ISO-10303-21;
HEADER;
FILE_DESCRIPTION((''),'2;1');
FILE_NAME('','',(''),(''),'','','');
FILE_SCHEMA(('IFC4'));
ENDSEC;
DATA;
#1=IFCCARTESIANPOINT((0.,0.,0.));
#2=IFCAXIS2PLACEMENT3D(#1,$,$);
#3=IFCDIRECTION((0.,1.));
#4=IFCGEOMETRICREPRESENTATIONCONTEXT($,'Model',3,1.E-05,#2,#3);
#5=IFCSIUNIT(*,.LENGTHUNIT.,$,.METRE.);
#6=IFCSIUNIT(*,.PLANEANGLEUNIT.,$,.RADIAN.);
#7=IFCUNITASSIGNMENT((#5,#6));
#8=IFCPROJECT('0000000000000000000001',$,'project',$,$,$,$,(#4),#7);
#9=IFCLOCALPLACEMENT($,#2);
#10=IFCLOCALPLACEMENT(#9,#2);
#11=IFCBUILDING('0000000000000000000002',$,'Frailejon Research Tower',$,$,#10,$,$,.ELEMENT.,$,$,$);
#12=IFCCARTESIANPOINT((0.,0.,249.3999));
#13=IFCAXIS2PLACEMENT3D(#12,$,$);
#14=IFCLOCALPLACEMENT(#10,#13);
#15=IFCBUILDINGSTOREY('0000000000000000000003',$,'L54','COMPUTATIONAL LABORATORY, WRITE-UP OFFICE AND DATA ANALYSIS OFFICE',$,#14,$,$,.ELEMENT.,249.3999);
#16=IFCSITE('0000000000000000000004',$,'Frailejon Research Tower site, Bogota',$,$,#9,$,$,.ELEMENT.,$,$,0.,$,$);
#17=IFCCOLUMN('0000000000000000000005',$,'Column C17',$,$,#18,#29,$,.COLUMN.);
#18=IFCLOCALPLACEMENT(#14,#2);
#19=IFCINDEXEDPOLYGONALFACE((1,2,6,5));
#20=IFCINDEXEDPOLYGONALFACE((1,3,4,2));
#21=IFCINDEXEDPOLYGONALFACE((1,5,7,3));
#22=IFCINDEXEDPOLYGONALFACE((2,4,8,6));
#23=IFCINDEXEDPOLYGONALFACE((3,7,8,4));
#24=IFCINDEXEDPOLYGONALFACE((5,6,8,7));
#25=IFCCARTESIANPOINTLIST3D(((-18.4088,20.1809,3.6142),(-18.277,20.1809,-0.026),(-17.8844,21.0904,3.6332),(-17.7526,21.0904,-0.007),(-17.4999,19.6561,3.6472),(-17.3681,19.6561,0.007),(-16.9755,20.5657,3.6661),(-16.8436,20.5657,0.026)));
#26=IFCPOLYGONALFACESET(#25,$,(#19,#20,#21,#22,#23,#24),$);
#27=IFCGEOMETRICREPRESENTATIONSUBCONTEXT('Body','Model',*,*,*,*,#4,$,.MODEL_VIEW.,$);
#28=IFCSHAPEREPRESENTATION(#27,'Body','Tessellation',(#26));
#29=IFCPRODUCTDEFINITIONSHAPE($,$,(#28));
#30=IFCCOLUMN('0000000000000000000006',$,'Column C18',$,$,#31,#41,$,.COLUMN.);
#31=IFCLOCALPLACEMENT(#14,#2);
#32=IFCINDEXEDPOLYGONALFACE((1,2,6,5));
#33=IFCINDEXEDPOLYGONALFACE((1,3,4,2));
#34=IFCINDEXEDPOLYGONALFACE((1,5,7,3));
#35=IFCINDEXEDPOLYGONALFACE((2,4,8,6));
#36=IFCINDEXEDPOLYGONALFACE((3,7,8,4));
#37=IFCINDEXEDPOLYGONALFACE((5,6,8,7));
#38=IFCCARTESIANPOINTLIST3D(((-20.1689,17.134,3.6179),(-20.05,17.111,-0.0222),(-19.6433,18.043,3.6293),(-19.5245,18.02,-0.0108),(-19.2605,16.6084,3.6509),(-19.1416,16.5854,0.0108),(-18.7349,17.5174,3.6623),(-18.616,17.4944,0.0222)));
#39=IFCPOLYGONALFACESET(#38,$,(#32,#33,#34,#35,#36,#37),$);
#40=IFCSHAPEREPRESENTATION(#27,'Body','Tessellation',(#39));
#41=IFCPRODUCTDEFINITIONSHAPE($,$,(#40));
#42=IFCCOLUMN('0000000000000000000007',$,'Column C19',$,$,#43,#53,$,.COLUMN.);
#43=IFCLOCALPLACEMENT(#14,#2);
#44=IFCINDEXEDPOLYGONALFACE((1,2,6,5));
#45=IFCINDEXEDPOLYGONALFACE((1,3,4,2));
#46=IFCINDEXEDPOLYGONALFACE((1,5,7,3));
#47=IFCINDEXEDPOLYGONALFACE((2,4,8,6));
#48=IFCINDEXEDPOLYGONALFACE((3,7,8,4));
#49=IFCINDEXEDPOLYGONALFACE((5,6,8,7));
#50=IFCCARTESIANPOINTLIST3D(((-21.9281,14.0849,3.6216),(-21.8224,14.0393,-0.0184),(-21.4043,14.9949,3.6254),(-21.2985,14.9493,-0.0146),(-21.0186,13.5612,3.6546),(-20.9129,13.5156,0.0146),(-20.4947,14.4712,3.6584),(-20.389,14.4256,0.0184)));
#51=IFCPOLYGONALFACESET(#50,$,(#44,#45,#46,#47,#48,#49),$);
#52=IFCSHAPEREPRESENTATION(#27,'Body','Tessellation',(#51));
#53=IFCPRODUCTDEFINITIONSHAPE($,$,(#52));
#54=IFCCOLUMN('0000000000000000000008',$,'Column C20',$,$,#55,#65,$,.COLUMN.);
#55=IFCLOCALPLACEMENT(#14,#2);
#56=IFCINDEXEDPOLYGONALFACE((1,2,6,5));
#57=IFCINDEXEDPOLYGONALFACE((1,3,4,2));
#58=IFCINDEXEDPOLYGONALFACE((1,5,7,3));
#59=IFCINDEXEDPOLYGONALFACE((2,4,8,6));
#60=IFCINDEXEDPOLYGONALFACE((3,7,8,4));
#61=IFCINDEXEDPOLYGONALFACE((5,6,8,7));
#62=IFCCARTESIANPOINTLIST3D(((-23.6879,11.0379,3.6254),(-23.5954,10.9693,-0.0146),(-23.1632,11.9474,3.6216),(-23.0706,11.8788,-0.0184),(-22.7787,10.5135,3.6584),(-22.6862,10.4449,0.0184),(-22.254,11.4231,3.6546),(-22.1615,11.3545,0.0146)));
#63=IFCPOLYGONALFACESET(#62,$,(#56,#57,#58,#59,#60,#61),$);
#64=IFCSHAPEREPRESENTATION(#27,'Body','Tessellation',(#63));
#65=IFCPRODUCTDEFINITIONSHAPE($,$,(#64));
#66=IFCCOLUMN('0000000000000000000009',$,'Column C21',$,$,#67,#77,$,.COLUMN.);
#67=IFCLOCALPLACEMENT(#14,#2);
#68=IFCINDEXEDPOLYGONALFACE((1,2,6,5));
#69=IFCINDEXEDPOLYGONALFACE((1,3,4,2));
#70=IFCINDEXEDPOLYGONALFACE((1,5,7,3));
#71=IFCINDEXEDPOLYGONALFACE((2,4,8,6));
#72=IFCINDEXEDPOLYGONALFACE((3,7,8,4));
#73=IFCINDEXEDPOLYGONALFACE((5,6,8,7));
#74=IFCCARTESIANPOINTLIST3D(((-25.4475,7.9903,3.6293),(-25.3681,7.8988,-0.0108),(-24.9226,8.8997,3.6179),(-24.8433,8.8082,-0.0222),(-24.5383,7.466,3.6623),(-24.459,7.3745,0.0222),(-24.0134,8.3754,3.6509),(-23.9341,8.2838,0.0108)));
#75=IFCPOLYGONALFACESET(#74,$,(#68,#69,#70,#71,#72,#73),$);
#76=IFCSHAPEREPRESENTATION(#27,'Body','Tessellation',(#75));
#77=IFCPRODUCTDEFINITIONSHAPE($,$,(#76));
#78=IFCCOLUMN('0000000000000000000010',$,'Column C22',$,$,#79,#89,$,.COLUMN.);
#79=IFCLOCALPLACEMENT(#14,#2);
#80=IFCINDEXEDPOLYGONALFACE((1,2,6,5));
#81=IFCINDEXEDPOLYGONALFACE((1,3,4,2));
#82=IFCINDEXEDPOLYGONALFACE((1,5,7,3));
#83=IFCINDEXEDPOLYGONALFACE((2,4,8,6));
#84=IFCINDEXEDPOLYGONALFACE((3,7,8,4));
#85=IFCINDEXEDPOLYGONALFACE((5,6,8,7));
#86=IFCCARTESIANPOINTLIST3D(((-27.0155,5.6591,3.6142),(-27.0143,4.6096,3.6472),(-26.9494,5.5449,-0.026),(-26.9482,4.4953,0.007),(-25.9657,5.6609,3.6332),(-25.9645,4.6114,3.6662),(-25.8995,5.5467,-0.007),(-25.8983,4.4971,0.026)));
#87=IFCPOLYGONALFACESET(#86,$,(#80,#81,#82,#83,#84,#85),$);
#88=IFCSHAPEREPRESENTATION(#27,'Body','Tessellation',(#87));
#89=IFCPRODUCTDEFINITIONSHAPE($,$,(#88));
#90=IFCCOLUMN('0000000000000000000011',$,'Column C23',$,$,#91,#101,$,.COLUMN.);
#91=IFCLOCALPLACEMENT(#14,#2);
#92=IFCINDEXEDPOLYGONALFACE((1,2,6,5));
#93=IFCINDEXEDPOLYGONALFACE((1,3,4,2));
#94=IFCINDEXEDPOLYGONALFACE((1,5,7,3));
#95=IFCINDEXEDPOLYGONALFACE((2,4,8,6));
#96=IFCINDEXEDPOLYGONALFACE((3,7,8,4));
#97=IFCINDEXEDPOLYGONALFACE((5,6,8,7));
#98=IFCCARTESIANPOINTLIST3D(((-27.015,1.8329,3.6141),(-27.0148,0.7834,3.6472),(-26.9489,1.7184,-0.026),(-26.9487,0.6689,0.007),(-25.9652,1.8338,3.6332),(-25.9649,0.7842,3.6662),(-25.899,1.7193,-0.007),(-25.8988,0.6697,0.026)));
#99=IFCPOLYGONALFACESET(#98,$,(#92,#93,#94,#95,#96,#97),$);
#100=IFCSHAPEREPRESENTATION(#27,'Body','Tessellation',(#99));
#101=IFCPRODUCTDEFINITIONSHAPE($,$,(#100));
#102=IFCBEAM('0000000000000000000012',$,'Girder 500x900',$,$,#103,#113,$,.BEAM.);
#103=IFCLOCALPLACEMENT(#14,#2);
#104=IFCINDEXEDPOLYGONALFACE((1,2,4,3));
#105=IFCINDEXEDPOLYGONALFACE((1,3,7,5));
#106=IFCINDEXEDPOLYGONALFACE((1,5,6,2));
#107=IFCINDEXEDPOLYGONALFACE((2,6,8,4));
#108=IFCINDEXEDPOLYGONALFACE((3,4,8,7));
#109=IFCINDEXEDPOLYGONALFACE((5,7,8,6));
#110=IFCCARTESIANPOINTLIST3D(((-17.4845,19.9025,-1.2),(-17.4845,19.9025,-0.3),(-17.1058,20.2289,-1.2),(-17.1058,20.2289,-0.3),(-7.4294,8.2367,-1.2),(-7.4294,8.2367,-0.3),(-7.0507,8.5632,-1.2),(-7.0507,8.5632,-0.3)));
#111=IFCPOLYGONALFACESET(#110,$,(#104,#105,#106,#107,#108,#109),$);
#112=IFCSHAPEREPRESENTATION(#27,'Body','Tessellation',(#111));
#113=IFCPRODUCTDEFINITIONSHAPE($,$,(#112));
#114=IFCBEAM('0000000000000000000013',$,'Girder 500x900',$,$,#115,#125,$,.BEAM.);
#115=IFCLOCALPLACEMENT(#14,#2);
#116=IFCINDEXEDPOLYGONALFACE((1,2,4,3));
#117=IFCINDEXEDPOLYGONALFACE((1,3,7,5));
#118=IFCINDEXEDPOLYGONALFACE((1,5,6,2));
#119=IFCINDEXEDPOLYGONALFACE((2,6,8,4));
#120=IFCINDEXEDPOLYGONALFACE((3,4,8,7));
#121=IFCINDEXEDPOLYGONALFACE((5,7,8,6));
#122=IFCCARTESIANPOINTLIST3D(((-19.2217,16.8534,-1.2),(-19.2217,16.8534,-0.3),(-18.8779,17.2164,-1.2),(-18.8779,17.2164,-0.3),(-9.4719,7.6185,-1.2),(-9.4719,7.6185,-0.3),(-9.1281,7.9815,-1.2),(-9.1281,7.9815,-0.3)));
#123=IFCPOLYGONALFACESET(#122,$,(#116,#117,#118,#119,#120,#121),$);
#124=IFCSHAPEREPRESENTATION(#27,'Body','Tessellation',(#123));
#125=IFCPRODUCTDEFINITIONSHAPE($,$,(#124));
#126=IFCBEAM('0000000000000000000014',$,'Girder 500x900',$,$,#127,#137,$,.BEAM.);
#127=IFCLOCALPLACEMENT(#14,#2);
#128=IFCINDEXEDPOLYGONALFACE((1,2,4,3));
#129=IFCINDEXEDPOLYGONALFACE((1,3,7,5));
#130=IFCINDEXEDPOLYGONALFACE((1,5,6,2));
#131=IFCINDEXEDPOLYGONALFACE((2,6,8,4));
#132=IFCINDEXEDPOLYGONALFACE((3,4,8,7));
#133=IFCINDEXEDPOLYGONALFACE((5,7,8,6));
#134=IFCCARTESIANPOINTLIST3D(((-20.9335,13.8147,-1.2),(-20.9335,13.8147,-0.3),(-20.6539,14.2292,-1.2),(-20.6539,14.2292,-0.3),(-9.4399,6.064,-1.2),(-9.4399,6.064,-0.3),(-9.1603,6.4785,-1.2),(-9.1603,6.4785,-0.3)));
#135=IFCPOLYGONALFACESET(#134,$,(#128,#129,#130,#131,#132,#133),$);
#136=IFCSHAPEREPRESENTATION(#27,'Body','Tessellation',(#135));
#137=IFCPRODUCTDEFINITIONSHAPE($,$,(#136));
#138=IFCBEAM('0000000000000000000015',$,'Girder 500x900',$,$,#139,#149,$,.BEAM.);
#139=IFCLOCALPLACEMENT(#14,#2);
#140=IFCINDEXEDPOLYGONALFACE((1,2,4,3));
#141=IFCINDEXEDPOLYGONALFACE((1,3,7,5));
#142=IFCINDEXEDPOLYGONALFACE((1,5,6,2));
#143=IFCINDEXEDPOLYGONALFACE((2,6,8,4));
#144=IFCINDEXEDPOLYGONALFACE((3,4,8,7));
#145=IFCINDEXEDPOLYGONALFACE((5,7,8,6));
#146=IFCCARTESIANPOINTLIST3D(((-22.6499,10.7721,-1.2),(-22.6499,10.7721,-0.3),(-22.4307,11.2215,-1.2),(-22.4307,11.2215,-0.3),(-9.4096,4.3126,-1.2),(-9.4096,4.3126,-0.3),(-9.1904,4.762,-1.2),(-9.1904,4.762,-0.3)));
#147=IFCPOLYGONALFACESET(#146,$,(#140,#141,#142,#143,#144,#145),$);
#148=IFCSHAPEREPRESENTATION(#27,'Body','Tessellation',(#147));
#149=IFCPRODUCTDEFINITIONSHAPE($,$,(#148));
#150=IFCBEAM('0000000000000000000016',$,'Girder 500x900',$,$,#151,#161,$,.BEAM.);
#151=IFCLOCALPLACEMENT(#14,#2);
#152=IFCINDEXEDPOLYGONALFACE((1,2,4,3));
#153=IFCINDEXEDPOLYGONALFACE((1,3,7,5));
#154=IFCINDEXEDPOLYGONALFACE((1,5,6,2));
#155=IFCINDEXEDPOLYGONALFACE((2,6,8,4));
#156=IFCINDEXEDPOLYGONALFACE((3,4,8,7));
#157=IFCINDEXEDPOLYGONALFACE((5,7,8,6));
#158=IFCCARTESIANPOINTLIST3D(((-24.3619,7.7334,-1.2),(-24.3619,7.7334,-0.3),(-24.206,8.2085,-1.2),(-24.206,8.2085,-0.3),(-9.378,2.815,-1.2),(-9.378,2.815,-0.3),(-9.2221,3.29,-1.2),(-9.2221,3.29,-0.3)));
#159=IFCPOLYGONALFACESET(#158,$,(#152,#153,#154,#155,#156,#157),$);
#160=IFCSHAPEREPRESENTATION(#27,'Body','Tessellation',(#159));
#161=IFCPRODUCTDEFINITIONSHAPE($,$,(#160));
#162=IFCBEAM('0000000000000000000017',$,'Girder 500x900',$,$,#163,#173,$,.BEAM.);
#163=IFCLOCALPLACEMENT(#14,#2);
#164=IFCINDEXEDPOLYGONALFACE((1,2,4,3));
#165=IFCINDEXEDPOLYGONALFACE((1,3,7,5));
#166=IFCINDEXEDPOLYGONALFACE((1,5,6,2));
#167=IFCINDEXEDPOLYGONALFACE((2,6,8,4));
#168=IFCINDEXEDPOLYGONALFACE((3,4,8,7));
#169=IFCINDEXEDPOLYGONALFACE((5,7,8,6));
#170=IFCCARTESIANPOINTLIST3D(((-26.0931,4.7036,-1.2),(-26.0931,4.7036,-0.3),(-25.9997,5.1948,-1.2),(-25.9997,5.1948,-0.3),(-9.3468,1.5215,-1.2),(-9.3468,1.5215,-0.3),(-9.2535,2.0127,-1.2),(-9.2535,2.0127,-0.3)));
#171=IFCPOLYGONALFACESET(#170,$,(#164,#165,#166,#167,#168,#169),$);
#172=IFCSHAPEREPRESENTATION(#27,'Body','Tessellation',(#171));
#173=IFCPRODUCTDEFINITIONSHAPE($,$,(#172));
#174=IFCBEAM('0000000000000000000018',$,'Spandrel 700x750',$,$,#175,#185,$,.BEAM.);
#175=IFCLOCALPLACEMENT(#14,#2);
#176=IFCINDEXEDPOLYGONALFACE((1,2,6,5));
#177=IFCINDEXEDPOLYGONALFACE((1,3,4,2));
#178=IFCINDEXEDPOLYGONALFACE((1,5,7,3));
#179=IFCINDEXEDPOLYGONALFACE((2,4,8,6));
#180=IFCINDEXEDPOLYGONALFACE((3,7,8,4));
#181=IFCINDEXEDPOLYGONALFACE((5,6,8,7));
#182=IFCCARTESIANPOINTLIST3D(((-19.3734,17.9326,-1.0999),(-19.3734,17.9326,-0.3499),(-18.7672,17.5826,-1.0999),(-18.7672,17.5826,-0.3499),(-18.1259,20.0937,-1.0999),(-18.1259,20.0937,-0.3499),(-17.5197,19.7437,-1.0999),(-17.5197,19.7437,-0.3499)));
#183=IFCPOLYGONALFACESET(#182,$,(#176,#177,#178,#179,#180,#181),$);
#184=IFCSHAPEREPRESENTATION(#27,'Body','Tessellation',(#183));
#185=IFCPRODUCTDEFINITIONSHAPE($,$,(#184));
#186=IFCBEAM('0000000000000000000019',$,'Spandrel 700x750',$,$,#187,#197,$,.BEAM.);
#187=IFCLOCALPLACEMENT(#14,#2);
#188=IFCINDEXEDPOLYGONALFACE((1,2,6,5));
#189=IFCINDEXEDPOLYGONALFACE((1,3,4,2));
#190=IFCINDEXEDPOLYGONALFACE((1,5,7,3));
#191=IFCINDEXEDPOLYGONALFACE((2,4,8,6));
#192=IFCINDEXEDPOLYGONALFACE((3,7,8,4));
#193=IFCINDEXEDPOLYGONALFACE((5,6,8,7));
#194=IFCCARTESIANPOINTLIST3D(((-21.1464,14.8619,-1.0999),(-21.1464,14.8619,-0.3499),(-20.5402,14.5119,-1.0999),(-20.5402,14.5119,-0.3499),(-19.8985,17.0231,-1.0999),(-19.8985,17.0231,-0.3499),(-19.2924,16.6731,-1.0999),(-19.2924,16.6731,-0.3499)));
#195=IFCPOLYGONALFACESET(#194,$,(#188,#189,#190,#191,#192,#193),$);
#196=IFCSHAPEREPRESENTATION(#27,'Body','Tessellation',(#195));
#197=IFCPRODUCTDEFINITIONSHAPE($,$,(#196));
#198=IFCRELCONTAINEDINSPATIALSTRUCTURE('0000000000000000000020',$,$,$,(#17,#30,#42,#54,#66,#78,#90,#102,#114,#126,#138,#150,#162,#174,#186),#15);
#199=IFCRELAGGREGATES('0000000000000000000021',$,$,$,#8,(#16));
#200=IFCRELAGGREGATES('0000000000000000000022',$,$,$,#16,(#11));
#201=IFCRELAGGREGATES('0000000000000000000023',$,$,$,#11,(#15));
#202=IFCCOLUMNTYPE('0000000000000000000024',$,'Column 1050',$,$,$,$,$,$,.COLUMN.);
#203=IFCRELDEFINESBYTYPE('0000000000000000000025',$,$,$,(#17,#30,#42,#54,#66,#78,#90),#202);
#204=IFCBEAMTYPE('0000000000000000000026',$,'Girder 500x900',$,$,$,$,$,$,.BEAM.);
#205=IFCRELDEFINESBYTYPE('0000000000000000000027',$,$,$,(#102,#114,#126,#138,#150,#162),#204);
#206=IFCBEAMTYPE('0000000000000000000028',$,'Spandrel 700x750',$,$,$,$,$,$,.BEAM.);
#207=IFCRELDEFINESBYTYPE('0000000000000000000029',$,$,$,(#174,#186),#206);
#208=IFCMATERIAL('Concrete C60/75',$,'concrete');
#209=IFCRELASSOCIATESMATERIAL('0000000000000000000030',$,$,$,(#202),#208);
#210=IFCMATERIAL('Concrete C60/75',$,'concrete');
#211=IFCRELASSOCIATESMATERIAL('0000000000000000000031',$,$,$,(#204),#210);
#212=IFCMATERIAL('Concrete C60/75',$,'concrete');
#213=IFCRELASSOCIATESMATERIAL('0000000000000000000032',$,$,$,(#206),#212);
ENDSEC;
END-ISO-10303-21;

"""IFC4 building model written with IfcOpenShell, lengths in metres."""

from ifc_helpers import new_model, si_unit, direction, frame, origin, origin_2d, place, context, subcontext, project, spatial, rectangle, extrude, material, material_profile, profile_set, type_object, element, save


model = new_model("IFC4")

# Units and contexts
model_context = context("Model", 3, precision=1e-05, world=origin(), true_north=direction((0.0, 1.0)))
body_context = subcontext(model_context, "Body", "Model", "MODEL_VIEW")
ifc_project = project(units=[si_unit("LENGTHUNIT", "METRE"), si_unit("PLANEANGLEUNIT", "RADIAN")], contexts=[model_context])

# Site, building, storey
site_placement = place(None, origin())
site = spatial("IfcSite", under=ifc_project, at=site_placement, Name="Frailejon Research Tower site, Bogota", CompositionType="ELEMENT", RefElevation=0.0)
building_placement = place(site_placement, origin())
building = spatial("IfcBuilding", under=site, at=building_placement, Name="Frailejon Research Tower", CompositionType="ELEMENT")
storey_placement = place(building_placement, frame((0.0, 0.0, 249.3999)))
storey = spatial("IfcBuildingStorey", under=building, at=storey_placement, Name="L54", Description="COMPUTATIONAL LABORATORY, WRITE-UP OFFICE AND DATA ANALYSIS OFFICE", CompositionType="ELEMENT", Elevation=249.3999)

# Columns
ifc_material_1 = material(Name="Concrete C60/75", Category="concrete")
ifc_material_profile_1 = material_profile(ifc_material_1, rectangle(XDim=1.05, YDim=1.05, at=origin_2d()), Name="Column 1050")
ifc_profile_set_1 = profile_set([ifc_material_profile_1], Name="Concrete C60/75")
column_type = type_object("IfcColumnType", Name="Column 1050", PredefinedType="COLUMN", material=ifc_profile_set_1)
column_1_placement = place(storey_placement, frame((-17.5603, 20.3733, 0.0), z_axis=(-0.036194, 0.0, 0.999345), x_axis=(-0.499426, -0.866168, -0.018088)))
element("IfcColumn", 1, at=column_1_placement, inside=storey, type_object=column_type, Name="Column C17", PredefinedType="COLUMN", context=body_context, shape_type="SweptSolid", body=[
    extrude(rectangle(XDim=1.05, YDim=1.05, at=origin_2d()), origin(), (0.0, 0.0, 1.0), 3.6426),
])
column_2_placement = place(storey_placement, frame((-19.333, 17.3027, 0.0), z_axis=(-0.032645, 0.006301, 0.999447), x_axis=(-0.500489, -0.865675, -0.01089)))
element("IfcColumn", 2, at=column_2_placement, inside=storey, type_object=column_type, Name="Column C18", PredefinedType="COLUMN", context=body_context, shape_type="SweptSolid", body=[
    extrude(rectangle(XDim=1.05, YDim=1.05, at=origin_2d()), origin(), (0.0, 0.0, 1.0), 3.6421),
])
for number, where, z_axis, x_axis, name in (
    (3, (-21.1057, 14.2324, 0.0), (-0.029026, 0.012536, 0.9995), (-0.498894, -0.866656, -0.003619), "Column C19"),
    (4, (-22.8784, 11.1619, 0.0), (-0.025406, 0.018837, 0.9995), (-0.499704, -0.866189, 0.003622), "Column C20"),
):
    element("IfcColumn", number, at=place(storey_placement, frame(where, z_axis=z_axis, x_axis=x_axis)), inside=storey, type_object=column_type, Name=name, PredefinedType="COLUMN", context=body_context, shape_type="SweptSolid", body=[
        extrude(rectangle(XDim=1.05, YDim=1.05, at=origin_2d()), origin(), (0.0, 0.0, 1.0), 3.6418),
    ])
column_3_placement = place(storey_placement, frame((-24.6511, 8.0913, 0.0), z_axis=(-0.021785, 0.025137, 0.999447), x_axis=(-0.499841, -0.866049, 0.010887)))
element("IfcColumn", 5, at=column_3_placement, inside=storey, type_object=column_type, Name="Column C21", PredefinedType="COLUMN", context=body_context, shape_type="SweptSolid", body=[
    extrude(rectangle(XDim=1.05, YDim=1.05, at=origin_2d()), origin(), (0.0, 0.0, 1.0), 3.6421),
])
for number, where, z_axis, x_axis, name in (
    (6, (-26.4238, 5.021, 0.0), (-0.018164, 0.031368, 0.999343), (0.001146, -0.999506, 0.031394), "Column C22"),
    (7, (-26.4238, 1.1941, 0.0), (-0.018164, 0.031435, 0.999341), (0.000221, -0.999505, 0.031444), "Column C23"),
):
    element("IfcColumn", number, at=place(storey_placement, frame(where, z_axis=z_axis, x_axis=x_axis)), inside=storey, type_object=column_type, Name=name, PredefinedType="COLUMN", context=body_context, shape_type="SweptSolid", body=[
        extrude(rectangle(XDim=1.05, YDim=1.05, at=origin_2d()), origin(), (0.0, 0.0, 1.0), 3.6426),
    ])

# Beams
ifc_material_2 = material(Name="Concrete C60/75", Category="concrete")
ifc_material_profile_2 = material_profile(ifc_material_2, rectangle(XDim=0.5, YDim=0.8999, at=origin_2d()), Name="Girder 500x900")
ifc_profile_set_2 = profile_set([ifc_material_profile_2], Name="Concrete C60/75")
beam_type_1 = type_object("IfcBeamType", Name="Girder 500x900", PredefinedType="BEAM", material=ifc_profile_set_2)
beam_1_placement = place(storey_placement, frame((-17.2952, 20.0657, -0.75), z_axis=(0.652883, -0.757459, 0.0), x_axis=(0.757459, 0.652883, 0.0)))
element("IfcBeam", 8, at=beam_1_placement, inside=storey, type_object=beam_type_1, Name="Girder 500x900", PredefinedType="BEAM", context=body_context, shape_type="SweptSolid", body=[
    extrude(rectangle(XDim=0.5, YDim=0.8999, at=origin_2d()), origin(), (0.0, 0.0, 1.0), 15.4011),
])
beam_2_placement = place(storey_placement, frame((-19.0498, 17.0349, -0.75), z_axis=(0.726018, -0.687676, 0.0), x_axis=(0.687676, 0.726018, 0.0)))
element("IfcBeam", 9, at=beam_2_placement, inside=storey, type_object=beam_type_1, Name="Girder 500x900", PredefinedType="BEAM", context=body_context, shape_type="SweptSolid", body=[
    extrude(rectangle(XDim=0.5, YDim=0.8999, at=origin_2d()), origin(), (0.0, 0.0, 1.0), 13.4292),
])
beam_3_placement = place(storey_placement, frame((-20.7937, 14.022, -0.75), z_axis=(0.829099, -0.559102, 0.0), x_axis=(0.559102, 0.829099, 0.0)))
element("IfcBeam", 10, at=beam_3_placement, inside=storey, type_object=beam_type_1, Name="Girder 500x900", PredefinedType="BEAM", context=body_context, shape_type="SweptSolid", body=[
    extrude(rectangle(XDim=0.5, YDim=0.8999, at=origin_2d()), origin(), (0.0, 0.0, 1.0), 13.8628),
])
beam_4_placement = place(storey_placement, frame((-22.5403, 10.9968, -0.75), z_axis=(0.898746, -0.438469, 0.0), x_axis=(0.438469, 0.898746, 0.0)))
element("IfcBeam", 11, at=beam_4_placement, inside=storey, type_object=beam_type_1, Name="Girder 500x900", PredefinedType="BEAM", context=body_context, shape_type="SweptSolid", body=[
    extrude(rectangle(XDim=0.5, YDim=0.8999, at=origin_2d()), origin(), (0.0, 0.0, 1.0), 14.7319),
])
beam_5_placement = place(storey_placement, frame((-24.2839, 7.9709, -0.75), z_axis=(0.950122, -0.311877, 0.0), x_axis=(0.311877, 0.950122, 0.0)))
element("IfcBeam", 12, at=beam_5_placement, inside=storey, type_object=beam_type_1, Name="Girder 500x900", PredefinedType="BEAM", context=body_context, shape_type="SweptSolid", body=[
    extrude(rectangle(XDim=0.5, YDim=0.8999, at=origin_2d()), origin(), (0.0, 0.0, 1.0), 15.7705),
])
beam_6_placement = place(storey_placement, frame((-26.0464, 4.9492, -0.75), z_axis=(0.982421, -0.186679, 0.0), x_axis=(0.186679, 0.982421, 0.0)))
element("IfcBeam", 13, at=beam_6_placement, inside=storey, type_object=beam_type_1, Name="Girder 500x900", PredefinedType="BEAM", context=body_context, shape_type="SweptSolid", body=[
    extrude(rectangle(XDim=0.5, YDim=0.8999, at=origin_2d()), origin(), (0.0, 0.0, 1.0), 17.0459),
])
ifc_material_3 = material(Name="Concrete C60/75", Category="concrete")
ifc_material_profile_3 = material_profile(ifc_material_3, rectangle(XDim=0.7, YDim=0.75, at=origin_2d()), Name="Spandrel 700x750")
ifc_profile_set_3 = profile_set([ifc_material_profile_3], Name="Concrete C60/75")
beam_type_2 = type_object("IfcBeamType", Name="Spandrel 700x750", PredefinedType="BEAM", material=ifc_profile_set_3)
beam_7_placement = place(storey_placement, frame((-17.8228, 19.9187, -0.7249), z_axis=(-0.499948, -0.866055, 0.0), x_axis=(0.866055, -0.499948, 0.0)))
element("IfcBeam", 14, at=beam_7_placement, inside=storey, type_object=beam_type_2, Name="Spandrel 700x750", PredefinedType="BEAM", context=body_context, shape_type="SweptSolid", body=[
    extrude(rectangle(XDim=0.7, YDim=0.75, at=origin_2d()), origin(), (0.0, 0.0, 1.0), 2.4954),
])
beam_8_placement = place(storey_placement, frame((-19.5955, 16.8481, -0.7249), z_axis=(-0.500022, -0.866013, 0.0), x_axis=(0.866013, -0.500022, 0.0)))
element("IfcBeam", 15, at=beam_8_placement, inside=storey, type_object=beam_type_2, Name="Spandrel 700x750", PredefinedType="BEAM", context=body_context, shape_type="SweptSolid", body=[
    extrude(rectangle(XDim=0.7, YDim=0.75, at=origin_2d()), origin(), (0.0, 0.0, 1.0), 2.4956),
])

save(model, "model.ifc")
